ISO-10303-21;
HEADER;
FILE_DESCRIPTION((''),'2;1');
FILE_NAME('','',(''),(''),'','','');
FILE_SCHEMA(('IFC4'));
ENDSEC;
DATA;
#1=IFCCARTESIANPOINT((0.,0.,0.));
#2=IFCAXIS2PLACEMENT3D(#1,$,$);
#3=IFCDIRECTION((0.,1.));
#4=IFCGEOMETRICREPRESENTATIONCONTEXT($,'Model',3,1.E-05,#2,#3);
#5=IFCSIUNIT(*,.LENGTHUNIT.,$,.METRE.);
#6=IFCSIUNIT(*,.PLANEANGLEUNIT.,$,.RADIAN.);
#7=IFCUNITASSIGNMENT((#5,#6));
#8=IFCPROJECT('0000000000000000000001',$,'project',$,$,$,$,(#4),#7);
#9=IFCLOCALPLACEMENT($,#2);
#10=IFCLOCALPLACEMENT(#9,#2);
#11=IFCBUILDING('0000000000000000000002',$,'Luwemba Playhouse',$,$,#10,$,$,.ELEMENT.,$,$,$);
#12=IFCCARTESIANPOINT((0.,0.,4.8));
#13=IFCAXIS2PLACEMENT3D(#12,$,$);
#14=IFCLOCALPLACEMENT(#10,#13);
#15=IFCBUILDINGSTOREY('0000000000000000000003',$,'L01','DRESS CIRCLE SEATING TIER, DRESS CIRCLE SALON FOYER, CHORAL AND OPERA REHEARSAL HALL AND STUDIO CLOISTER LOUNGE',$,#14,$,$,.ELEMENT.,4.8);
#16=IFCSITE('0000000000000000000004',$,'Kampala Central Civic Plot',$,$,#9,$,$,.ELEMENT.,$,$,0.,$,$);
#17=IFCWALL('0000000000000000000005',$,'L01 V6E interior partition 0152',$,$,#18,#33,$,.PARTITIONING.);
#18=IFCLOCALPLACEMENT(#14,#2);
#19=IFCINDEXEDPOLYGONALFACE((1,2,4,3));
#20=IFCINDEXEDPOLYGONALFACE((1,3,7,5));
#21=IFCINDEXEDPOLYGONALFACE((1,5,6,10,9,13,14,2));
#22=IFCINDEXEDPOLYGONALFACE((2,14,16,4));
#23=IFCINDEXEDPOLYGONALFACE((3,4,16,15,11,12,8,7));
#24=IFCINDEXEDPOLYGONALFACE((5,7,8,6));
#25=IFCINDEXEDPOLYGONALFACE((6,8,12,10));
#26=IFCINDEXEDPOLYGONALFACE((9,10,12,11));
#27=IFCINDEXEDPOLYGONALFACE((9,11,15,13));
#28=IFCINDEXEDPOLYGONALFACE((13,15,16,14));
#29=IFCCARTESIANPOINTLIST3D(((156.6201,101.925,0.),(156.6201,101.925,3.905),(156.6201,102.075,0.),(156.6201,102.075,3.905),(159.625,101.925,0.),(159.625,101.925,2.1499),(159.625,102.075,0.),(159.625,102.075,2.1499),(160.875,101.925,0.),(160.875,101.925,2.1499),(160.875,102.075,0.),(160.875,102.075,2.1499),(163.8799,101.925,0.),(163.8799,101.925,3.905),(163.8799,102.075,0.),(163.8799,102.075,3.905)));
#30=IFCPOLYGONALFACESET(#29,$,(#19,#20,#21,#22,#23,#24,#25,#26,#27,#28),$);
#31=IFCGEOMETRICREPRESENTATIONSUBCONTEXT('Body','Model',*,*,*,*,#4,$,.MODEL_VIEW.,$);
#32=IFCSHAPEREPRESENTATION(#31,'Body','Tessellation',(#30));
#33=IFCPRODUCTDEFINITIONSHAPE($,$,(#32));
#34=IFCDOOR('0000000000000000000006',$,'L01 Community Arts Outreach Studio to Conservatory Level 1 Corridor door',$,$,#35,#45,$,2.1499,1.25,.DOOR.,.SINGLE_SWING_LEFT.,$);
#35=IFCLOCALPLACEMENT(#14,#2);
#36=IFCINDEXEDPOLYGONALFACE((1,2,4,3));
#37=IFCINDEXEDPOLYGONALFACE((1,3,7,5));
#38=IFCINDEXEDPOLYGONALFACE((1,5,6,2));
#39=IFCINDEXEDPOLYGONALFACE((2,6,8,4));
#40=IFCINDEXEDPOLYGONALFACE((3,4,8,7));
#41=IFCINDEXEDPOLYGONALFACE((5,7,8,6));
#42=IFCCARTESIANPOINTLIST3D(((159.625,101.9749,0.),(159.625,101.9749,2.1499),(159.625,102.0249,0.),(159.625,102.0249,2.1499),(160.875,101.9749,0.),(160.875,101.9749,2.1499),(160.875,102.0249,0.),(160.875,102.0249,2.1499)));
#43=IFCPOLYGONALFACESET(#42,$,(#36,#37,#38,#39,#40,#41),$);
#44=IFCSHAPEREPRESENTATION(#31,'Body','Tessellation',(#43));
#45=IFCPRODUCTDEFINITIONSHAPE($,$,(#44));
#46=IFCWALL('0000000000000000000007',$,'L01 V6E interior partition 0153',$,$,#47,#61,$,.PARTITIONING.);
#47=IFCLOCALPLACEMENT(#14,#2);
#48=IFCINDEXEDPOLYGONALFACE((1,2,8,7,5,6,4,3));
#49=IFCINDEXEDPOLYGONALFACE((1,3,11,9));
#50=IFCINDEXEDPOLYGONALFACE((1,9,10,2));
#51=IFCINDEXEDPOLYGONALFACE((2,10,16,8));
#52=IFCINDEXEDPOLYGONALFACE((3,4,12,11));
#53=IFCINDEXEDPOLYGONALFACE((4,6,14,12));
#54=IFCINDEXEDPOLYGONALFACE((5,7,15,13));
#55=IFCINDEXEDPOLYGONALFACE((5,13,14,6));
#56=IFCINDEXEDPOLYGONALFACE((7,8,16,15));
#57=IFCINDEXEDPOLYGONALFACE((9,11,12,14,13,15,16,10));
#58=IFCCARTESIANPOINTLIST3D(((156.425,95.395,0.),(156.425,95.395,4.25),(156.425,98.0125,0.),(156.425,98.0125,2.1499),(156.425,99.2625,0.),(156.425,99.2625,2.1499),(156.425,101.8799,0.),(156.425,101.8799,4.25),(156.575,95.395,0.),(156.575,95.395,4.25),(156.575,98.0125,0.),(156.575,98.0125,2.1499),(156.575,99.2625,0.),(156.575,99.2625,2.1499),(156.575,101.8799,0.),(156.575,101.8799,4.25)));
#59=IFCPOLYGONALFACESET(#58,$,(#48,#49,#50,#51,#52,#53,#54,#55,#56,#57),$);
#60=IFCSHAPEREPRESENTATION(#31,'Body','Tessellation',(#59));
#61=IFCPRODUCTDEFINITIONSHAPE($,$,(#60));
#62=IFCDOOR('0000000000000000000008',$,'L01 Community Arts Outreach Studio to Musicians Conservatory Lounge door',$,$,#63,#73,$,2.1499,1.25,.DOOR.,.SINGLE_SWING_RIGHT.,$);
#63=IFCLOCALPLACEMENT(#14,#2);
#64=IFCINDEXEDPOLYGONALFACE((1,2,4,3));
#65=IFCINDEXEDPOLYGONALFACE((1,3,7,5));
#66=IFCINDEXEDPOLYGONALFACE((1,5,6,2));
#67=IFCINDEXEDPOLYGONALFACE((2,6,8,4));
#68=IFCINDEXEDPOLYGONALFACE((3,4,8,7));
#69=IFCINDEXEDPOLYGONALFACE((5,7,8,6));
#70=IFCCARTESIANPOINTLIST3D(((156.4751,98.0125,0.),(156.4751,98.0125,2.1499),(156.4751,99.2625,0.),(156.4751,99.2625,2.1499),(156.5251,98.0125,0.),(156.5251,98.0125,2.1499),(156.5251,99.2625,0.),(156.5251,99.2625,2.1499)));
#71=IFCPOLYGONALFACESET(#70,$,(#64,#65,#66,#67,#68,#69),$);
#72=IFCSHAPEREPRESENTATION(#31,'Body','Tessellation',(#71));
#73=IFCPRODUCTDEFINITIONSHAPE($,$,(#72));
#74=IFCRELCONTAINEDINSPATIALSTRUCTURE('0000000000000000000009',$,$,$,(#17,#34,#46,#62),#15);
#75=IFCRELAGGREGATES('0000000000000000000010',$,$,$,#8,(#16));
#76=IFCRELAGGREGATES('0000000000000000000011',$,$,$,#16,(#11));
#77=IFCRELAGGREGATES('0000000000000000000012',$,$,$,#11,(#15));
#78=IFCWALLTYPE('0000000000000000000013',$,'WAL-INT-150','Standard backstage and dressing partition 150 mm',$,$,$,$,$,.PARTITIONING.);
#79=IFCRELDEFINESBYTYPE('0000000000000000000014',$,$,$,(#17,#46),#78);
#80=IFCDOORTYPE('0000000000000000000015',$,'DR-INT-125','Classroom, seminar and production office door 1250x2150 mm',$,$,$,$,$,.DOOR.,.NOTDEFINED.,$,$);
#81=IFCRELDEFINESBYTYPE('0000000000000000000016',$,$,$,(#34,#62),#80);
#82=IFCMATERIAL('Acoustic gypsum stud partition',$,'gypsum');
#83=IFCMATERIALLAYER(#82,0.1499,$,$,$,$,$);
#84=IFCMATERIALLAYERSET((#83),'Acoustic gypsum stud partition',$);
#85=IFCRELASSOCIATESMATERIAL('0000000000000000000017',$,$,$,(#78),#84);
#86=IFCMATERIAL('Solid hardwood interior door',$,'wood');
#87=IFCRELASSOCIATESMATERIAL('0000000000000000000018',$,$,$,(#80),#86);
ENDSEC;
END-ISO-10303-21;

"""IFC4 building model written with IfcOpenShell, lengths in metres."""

from ifc_helpers import new_model, si_unit, direction, frame, frame_2d, origin, place, context, subcontext, project, spatial, rectangle, extrude, material, layer, layer_set, type_object, element, fill, save


model = new_model("IFC4")

# Units and contexts
model_context = context("Model", 3, precision=1e-05, world=origin(), true_north=direction((0.0, 1.0)))
body_context = subcontext(model_context, "Body", "Model", "MODEL_VIEW")
ifc_project = project(units=[si_unit("LENGTHUNIT", "METRE"), si_unit("PLANEANGLEUNIT", "RADIAN")], contexts=[model_context])

# Site, building, storey
site_placement = place(None, origin())
site = spatial("IfcSite", under=ifc_project, at=site_placement, Name="Kampala Central Civic Plot", CompositionType="ELEMENT", RefElevation=0.0)
building_placement = place(site_placement, origin())
building = spatial("IfcBuilding", under=site, at=building_placement, Name="Luwemba Playhouse", CompositionType="ELEMENT")
storey_placement = place(building_placement, frame((0.0, 0.0, 4.8)))
storey = spatial("IfcBuildingStorey", under=building, at=storey_placement, Name="L01", Description="DRESS CIRCLE SEATING TIER, DRESS CIRCLE SALON FOYER, CHORAL AND OPERA REHEARSAL HALL AND STUDIO CLOISTER LOUNGE", CompositionType="ELEMENT", Elevation=4.8)

# Walls, openings, doors
ifc_material_1 = material(Name="Acoustic gypsum stud partition", Category="gypsum")
ifc_layer_1 = layer(ifc_material_1, 0.1499)
ifc_layer_set_1 = layer_set([ifc_layer_1], Name="Acoustic gypsum stud partition")
wall_type_1 = type_object("IfcWallType", Name="WAL-INT-150", Description="Standard backstage and dressing partition 150 mm", PredefinedType="PARTITIONING", material=ifc_layer_set_1)
wall_1_placement = place(storey_placement, frame((156.6201, 102.0, 0.0), z_axis=(0.0, 0.0, 1.0), x_axis=(1.0, 0.0, 0.0)))
wall_1 = element("IfcWall", 1, at=wall_1_placement, inside=storey, type_object=wall_type_1, Name="L01 V6E interior partition 0152", PredefinedType="PARTITIONING", context=body_context, shape_type="SweptSolid", body=[
    extrude(rectangle(XDim=7.2598, YDim=0.1499, at=frame_2d((3.6299, 0.0))), origin(), (0.0, 0.0, 1.0), 3.905),
])
opening_1_placement = place(wall_1_placement, frame((3.0049, 0.0, 0.0)))
opening_1 = element("IfcOpeningElement", 2, at=opening_1_placement, cuts=wall_1, PredefinedType="OPENING", context=body_context, shape_type="SweptSolid", body=[
    extrude(rectangle(XDim=1.25, YDim=2.1499, at=frame_2d((0.625, 1.075))), frame((0.0, 0.085, 0.0), z_axis=(0.0, -1.0, 0.0), x_axis=(1.0, 0.0, 0.0)), (0.0, 0.0, 1.0), 0.1699),
])
ifc_material_2 = material(Name="Solid hardwood interior door", Category="wood")
door_type_1 = type_object("IfcDoorType", Name="DR-INT-125", Description="Classroom, seminar and production office door 1250x2150 mm", OperationType="NOTDEFINED", PredefinedType="DOOR", material=ifc_material_2)
door_1_placement = place(opening_1_placement, origin())
door_1 = element("IfcDoor", 3, at=door_1_placement, inside=storey, type_object=door_type_1, Name="L01 Community Arts Outreach Studio to Conservatory Level 1 Corridor door", OperationType="SINGLE_SWING_LEFT", OverallHeight=2.1499, OverallWidth=1.25, PredefinedType="DOOR", context=body_context, shape_type="SweptSolid", body=[
    extrude(rectangle(XDim=1.25, YDim=2.1499, at=frame_2d((0.625, 1.075))), frame((0.0, 0.0249, 0.0), z_axis=(0.0, -1.0, 0.0), x_axis=(1.0, 0.0, 0.0)), (0.0, 0.0, 1.0), 0.05),
])
fill(opening_1, door_1)
wall_2_placement = place(storey_placement, frame((156.5, 95.395, 0.0), z_axis=(0.0, 0.0, 1.0), x_axis=(0.0, 1.0, 0.0)))
wall_2 = element("IfcWall", 4, at=wall_2_placement, inside=storey, type_object=wall_type_1, Name="L01 V6E interior partition 0153", PredefinedType="PARTITIONING", context=body_context, shape_type="SweptSolid", body=[
    extrude(rectangle(XDim=6.4849, YDim=0.1499, at=frame_2d((3.2424, 0.0))), origin(), (0.0, 0.0, 1.0), 4.25),
])
opening_2_placement = place(wall_2_placement, frame((2.6174, 0.0, 0.0)))
opening_2 = element("IfcOpeningElement", 5, at=opening_2_placement, cuts=wall_2, PredefinedType="OPENING", context=body_context, shape_type="SweptSolid", body=[
    extrude(rectangle(XDim=1.25, YDim=2.1499, at=frame_2d((0.625, 1.075))), frame((0.0, 0.085, 0.0), z_axis=(0.0, -1.0, 0.0), x_axis=(1.0, 0.0, 0.0)), (0.0, 0.0, 1.0), 0.1699),
])
door_2_placement = place(opening_2_placement, origin())
door_2 = element("IfcDoor", 6, at=door_2_placement, inside=storey, type_object=door_type_1, Name="L01 Community Arts Outreach Studio to Musicians Conservatory Lounge door", OperationType="SINGLE_SWING_RIGHT", OverallHeight=2.1499, OverallWidth=1.25, PredefinedType="DOOR", context=body_context, shape_type="SweptSolid", body=[
    extrude(rectangle(XDim=1.25, YDim=2.1499, at=frame_2d((0.625, 1.075))), frame((0.0, 0.0249, 0.0), z_axis=(0.0, -1.0, 0.0), x_axis=(1.0, 0.0, 0.0)), (0.0, 0.0, 1.0), 0.05),
])
fill(opening_2, door_2)

save(model, "model.ifc")
